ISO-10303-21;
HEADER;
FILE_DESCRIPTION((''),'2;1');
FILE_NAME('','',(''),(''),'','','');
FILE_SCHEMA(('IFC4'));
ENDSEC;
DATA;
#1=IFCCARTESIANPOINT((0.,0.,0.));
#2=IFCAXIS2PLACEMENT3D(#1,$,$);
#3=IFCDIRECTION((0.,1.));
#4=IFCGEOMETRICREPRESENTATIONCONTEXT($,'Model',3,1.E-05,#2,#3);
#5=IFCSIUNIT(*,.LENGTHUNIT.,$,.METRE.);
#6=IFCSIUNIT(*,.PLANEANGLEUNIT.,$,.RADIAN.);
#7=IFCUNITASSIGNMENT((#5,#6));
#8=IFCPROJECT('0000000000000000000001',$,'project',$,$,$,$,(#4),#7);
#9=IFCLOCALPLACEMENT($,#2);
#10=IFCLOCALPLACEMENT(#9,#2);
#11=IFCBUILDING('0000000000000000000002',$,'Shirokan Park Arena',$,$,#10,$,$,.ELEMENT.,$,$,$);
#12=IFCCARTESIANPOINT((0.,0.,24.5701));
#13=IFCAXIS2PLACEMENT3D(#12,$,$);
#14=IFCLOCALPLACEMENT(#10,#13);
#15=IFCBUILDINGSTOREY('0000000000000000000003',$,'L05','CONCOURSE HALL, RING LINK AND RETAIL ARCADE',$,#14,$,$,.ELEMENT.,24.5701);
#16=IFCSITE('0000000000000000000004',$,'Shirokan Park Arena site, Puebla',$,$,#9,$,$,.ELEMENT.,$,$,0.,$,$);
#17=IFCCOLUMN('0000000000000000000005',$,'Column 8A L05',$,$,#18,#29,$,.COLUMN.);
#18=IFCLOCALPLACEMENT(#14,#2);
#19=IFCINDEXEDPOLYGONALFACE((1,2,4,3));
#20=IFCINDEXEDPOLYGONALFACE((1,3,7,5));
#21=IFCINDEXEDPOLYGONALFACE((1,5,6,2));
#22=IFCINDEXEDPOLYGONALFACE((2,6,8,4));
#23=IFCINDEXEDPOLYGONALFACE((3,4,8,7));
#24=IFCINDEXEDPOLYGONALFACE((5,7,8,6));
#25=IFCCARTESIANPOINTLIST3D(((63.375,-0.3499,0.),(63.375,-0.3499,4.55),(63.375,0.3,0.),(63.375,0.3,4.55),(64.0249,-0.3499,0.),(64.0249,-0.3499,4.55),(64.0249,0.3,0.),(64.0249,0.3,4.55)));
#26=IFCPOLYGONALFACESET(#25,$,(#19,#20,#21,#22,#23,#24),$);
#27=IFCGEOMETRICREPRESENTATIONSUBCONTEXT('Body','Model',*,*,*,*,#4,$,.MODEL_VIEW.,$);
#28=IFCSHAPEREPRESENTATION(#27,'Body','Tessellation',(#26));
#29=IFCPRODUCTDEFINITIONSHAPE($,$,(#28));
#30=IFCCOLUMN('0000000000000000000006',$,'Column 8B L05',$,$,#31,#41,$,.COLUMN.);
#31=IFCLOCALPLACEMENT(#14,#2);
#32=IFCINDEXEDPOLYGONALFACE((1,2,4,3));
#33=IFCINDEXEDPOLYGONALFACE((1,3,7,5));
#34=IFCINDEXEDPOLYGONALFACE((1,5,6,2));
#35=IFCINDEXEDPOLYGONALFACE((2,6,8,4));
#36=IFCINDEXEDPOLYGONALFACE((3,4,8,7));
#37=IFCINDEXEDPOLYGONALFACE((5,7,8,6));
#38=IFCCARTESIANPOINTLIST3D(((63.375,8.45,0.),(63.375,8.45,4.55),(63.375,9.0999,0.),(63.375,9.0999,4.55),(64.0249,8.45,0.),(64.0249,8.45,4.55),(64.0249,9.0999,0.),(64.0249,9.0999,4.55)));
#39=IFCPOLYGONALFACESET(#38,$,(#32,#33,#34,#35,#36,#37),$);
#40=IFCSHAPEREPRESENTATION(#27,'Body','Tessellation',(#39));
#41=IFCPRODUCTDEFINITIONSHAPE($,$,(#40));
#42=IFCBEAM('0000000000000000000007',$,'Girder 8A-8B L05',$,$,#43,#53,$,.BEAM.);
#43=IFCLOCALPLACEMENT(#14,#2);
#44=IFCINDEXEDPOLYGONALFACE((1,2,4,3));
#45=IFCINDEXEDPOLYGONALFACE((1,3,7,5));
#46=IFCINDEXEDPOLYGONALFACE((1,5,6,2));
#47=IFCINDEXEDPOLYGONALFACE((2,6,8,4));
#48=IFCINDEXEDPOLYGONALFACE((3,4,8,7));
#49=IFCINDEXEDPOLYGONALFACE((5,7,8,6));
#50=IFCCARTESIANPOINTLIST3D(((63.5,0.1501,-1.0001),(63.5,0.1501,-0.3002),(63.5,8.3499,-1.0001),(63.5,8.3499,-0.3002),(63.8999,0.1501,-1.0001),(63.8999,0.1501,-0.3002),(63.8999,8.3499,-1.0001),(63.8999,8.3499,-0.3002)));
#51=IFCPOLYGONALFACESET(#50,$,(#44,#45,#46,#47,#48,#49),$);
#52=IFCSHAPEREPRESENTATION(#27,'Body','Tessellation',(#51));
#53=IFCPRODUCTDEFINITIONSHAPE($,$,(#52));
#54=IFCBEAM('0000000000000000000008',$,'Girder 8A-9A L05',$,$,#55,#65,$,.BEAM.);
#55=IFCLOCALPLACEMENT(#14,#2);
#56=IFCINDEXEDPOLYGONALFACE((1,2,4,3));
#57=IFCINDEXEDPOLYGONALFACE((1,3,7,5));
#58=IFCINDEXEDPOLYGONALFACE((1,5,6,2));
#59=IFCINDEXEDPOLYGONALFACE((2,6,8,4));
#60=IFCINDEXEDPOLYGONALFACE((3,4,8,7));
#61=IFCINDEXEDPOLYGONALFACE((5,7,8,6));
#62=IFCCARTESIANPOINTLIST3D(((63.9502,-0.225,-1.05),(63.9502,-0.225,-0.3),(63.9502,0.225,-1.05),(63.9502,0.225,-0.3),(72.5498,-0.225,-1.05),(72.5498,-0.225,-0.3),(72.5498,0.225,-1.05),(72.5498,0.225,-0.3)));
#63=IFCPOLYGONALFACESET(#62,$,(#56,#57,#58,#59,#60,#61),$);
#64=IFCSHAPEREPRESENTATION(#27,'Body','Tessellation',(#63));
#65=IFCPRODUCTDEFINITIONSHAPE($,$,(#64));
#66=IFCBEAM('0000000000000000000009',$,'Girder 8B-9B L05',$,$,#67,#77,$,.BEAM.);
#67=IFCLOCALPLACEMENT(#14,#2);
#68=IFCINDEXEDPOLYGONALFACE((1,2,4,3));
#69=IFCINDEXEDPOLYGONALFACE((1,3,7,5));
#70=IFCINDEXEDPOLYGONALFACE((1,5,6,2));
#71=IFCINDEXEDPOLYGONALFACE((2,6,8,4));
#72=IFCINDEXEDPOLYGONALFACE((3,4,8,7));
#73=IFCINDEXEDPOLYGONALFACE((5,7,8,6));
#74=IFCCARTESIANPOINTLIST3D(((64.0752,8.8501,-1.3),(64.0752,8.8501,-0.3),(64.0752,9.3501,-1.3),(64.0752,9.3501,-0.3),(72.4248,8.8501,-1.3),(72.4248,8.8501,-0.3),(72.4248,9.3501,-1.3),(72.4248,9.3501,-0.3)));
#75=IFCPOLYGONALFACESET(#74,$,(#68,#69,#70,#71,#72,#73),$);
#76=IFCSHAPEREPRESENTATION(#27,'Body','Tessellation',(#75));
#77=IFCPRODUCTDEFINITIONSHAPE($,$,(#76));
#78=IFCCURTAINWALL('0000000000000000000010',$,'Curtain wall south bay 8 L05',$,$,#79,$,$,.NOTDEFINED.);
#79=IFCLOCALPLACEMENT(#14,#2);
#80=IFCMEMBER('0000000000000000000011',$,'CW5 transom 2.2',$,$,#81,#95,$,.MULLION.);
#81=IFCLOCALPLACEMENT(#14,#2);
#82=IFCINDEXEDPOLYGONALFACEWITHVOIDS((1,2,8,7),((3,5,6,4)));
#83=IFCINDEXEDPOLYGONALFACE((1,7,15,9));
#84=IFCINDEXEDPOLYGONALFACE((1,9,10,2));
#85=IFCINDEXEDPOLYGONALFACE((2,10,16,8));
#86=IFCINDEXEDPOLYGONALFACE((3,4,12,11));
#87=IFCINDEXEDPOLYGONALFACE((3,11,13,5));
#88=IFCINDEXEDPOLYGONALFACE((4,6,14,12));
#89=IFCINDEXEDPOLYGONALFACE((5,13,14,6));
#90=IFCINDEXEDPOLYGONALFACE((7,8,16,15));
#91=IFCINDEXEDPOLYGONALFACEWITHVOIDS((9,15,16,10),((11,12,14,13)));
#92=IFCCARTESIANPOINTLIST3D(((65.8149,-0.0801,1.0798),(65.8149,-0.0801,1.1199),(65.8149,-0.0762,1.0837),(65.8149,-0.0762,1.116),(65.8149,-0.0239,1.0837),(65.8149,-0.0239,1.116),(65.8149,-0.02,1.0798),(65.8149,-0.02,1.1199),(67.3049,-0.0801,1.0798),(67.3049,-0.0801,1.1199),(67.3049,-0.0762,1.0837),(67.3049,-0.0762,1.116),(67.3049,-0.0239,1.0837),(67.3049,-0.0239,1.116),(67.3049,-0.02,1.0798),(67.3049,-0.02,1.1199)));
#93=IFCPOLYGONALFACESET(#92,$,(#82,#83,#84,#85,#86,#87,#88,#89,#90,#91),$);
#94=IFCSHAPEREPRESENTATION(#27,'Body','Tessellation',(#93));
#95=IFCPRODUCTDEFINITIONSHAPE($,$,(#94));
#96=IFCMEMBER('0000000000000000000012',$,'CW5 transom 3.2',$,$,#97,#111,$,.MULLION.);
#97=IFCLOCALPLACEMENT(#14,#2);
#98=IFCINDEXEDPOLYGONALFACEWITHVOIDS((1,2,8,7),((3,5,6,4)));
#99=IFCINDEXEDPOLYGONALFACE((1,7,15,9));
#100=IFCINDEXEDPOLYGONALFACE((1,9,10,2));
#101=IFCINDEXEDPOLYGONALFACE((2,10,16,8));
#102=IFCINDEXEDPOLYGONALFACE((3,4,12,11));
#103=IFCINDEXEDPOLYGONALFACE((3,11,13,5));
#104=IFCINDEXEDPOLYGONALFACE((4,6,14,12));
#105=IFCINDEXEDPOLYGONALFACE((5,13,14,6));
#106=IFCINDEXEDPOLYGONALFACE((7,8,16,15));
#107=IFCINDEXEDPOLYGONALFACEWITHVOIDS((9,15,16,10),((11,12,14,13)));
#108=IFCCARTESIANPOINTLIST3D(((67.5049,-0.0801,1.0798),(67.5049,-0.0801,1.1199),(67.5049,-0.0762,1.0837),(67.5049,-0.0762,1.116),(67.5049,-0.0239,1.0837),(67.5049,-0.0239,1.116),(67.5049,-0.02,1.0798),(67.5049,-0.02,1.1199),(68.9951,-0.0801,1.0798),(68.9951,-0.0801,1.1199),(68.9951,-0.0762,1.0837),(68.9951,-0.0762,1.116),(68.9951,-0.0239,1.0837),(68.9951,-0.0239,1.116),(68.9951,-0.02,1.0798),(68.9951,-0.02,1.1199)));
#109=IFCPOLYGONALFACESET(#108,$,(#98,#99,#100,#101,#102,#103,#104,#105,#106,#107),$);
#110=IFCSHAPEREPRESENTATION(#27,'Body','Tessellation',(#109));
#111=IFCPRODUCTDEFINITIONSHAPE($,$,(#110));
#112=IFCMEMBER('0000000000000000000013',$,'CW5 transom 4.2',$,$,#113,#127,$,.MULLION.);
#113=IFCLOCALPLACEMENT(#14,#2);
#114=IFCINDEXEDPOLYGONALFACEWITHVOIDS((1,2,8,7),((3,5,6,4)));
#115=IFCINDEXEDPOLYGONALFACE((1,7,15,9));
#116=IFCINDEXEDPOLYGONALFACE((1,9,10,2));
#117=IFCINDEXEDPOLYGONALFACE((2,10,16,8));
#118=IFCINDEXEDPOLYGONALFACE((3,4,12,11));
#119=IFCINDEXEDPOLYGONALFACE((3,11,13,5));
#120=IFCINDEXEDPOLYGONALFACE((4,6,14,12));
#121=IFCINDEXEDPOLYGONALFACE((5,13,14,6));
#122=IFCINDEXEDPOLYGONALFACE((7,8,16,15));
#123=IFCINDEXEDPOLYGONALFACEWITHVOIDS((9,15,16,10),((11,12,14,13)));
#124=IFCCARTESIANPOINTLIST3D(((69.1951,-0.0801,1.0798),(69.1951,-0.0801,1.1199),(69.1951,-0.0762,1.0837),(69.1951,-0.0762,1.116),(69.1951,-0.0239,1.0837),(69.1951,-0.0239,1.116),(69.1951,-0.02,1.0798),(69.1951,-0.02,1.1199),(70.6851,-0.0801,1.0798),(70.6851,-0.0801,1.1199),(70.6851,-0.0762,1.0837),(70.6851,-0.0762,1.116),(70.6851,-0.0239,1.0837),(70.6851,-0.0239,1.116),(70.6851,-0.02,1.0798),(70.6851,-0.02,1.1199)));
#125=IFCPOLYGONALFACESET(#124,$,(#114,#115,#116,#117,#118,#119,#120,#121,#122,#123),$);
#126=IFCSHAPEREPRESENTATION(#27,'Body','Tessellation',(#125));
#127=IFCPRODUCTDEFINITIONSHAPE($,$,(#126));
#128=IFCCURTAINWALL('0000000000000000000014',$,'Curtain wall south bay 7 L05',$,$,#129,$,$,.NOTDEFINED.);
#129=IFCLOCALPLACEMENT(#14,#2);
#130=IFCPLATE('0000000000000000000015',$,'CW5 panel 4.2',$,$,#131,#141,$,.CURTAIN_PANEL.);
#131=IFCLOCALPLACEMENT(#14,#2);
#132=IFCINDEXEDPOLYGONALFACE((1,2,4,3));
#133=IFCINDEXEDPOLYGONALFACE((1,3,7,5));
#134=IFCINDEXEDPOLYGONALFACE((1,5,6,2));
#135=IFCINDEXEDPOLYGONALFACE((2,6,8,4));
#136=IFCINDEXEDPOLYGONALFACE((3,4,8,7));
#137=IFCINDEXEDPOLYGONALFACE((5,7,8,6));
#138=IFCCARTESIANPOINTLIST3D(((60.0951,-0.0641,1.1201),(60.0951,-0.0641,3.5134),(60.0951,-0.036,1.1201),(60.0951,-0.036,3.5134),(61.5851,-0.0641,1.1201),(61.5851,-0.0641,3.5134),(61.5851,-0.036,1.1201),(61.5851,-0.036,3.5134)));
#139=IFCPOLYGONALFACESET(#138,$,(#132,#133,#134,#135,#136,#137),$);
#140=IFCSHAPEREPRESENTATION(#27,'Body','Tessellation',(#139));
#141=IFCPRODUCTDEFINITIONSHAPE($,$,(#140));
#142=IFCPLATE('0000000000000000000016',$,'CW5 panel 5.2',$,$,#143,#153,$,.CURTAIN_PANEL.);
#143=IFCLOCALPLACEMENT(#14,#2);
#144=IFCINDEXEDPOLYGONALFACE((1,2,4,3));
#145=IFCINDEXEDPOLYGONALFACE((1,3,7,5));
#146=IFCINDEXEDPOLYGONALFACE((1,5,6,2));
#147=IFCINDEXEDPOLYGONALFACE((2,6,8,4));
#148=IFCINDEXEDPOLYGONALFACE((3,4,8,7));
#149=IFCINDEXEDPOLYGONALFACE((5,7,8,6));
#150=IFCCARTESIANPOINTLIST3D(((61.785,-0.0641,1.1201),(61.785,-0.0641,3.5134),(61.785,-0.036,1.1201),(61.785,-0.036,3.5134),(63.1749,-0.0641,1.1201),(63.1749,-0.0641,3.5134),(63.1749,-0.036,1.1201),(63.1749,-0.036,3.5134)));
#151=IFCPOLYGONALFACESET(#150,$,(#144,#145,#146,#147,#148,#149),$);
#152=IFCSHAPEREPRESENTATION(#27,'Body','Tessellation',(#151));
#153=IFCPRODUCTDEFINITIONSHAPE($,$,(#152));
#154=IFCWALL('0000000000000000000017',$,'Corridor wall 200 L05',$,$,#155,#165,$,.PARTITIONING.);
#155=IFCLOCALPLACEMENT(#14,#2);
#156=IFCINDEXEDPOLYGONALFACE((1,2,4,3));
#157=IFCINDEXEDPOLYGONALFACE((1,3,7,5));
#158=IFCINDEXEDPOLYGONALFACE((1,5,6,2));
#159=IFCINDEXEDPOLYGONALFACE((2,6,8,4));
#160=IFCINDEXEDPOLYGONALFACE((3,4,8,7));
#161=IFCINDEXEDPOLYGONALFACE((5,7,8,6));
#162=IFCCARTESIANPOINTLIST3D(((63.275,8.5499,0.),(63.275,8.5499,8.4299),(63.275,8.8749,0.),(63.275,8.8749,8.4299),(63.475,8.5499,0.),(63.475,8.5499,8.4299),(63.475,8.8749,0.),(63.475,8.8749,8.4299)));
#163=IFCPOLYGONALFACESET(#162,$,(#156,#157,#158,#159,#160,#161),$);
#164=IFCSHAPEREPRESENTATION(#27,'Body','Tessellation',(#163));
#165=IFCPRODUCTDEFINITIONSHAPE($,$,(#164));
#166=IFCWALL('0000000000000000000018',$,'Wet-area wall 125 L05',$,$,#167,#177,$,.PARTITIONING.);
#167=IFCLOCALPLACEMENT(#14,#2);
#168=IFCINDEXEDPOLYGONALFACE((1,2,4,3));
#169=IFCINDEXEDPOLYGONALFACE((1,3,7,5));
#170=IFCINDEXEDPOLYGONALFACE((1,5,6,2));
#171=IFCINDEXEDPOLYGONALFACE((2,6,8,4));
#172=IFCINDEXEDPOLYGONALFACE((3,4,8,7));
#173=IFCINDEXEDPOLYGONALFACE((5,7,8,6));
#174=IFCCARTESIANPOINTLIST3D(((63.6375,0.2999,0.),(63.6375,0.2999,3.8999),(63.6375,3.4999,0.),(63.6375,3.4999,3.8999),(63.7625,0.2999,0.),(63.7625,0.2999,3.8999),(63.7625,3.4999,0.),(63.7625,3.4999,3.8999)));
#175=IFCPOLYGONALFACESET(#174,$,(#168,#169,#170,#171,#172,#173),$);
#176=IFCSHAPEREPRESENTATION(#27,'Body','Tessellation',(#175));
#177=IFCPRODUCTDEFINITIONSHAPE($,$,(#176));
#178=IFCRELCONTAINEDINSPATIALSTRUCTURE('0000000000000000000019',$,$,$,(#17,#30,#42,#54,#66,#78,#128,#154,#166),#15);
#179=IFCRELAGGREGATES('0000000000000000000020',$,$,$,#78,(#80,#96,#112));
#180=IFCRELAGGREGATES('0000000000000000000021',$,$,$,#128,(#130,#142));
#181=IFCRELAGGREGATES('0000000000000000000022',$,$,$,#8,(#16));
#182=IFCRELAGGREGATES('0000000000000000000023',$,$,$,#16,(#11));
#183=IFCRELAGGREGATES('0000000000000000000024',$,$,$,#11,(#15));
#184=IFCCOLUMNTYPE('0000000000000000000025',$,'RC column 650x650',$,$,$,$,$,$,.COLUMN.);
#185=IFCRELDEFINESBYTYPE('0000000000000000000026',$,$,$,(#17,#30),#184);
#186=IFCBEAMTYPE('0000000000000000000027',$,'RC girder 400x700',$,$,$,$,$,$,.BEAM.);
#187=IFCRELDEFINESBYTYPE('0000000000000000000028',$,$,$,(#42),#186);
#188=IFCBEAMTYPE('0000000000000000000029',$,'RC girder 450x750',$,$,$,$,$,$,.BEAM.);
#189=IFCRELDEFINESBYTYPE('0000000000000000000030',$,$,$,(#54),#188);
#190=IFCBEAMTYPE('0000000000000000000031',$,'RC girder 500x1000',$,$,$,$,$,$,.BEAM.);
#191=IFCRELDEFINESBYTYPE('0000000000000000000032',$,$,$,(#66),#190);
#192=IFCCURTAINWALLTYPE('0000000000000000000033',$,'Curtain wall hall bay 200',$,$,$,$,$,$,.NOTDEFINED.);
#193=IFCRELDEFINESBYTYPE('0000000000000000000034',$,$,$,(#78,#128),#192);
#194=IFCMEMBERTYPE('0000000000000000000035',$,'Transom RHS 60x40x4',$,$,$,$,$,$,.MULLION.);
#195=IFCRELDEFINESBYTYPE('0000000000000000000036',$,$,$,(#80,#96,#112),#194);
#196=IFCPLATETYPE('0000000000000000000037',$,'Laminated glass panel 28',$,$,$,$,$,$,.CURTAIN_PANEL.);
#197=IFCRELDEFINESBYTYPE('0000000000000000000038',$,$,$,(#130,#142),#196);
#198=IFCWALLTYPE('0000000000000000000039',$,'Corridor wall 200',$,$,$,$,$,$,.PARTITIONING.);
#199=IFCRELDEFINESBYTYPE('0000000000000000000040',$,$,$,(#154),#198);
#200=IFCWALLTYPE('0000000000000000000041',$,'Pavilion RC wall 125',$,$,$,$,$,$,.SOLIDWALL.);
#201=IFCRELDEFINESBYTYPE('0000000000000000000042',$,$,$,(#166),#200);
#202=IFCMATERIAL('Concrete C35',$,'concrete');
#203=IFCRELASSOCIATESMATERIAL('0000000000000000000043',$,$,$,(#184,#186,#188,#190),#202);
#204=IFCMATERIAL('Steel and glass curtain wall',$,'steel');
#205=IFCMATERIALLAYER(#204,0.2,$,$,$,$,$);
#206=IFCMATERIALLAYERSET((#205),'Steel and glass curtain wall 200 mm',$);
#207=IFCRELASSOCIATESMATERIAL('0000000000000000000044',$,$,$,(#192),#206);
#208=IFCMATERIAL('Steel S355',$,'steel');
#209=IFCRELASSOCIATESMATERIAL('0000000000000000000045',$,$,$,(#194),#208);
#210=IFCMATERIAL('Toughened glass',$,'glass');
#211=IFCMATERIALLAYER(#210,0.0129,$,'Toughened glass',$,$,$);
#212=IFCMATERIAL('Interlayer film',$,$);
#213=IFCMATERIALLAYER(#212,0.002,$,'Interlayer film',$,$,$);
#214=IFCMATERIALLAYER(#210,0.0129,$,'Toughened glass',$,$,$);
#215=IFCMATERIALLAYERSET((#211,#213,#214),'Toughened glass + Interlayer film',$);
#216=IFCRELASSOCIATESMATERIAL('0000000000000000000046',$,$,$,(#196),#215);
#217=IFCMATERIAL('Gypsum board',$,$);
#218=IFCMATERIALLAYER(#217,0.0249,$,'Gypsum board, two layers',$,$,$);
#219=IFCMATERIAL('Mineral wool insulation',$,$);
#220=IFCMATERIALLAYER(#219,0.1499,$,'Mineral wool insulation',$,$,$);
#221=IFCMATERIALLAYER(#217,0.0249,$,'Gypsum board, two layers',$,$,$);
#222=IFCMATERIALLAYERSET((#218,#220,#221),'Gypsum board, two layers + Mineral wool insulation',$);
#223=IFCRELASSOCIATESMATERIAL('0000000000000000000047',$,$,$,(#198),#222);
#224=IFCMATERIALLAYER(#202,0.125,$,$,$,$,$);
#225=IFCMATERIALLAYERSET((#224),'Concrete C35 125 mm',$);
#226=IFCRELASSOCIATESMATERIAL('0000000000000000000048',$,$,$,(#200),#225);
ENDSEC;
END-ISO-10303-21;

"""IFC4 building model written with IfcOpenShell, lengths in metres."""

from ifc_helpers import new_model, si_unit, direction, frame, frame_2d, origin, origin_2d, place, context, subcontext, project, spatial, rectangle, hollow_rectangle, extrude, material, layer, layer_set, material_profile, profile_set, type_object, element, aggregate, save


model = new_model("IFC4")

# Units and contexts
model_context = context("Model", 3, precision=1e-05, world=origin(), true_north=direction((0.0, 1.0)))
body_context = subcontext(model_context, "Body", "Model", "MODEL_VIEW")
ifc_project = project(units=[si_unit("LENGTHUNIT", "METRE"), si_unit("PLANEANGLEUNIT", "RADIAN")], contexts=[model_context])

# Site, building, storey
site_placement = place(None, origin())
site = spatial("IfcSite", under=ifc_project, at=site_placement, Name="Shirokan Park Arena site, Puebla", CompositionType="ELEMENT", RefElevation=0.0)
building_placement = place(site_placement, origin())
building = spatial("IfcBuilding", under=site, at=building_placement, Name="Shirokan Park Arena", CompositionType="ELEMENT")
storey_placement = place(building_placement, frame((0.0, 0.0, 24.5701)))
storey = spatial("IfcBuildingStorey", under=building, at=storey_placement, Name="L05", Description="CONCOURSE HALL, RING LINK AND RETAIL ARCADE", CompositionType="ELEMENT", Elevation=24.5701)

# Columns
ifc_material_1 = material(Name="Concrete C35", Category="concrete")
ifc_material_profile_1 = material_profile(ifc_material_1, rectangle(XDim=0.6499, YDim=0.6499, at=origin_2d()), Name="650x650")
ifc_profile_set_1 = profile_set([ifc_material_profile_1], Name="Concrete C35")
column_type = type_object("IfcColumnType", Name="RC column 650x650", PredefinedType="COLUMN", material=ifc_profile_set_1)
for number, where, z_axis, x_axis, name in (
    (1, (63.7, -0.0249, 0.0), (0.0, 0.0, 1.0), (1.0, 0.0, 0.0), "Column 8A L05"),
    (2, (63.7, 8.7749, 0.0), (0.0, 0.0, 1.0), (1.0, 0.0, 0.0), "Column 8B L05"),
):
    element("IfcColumn", number, at=place(storey_placement, frame(where, z_axis=z_axis, x_axis=x_axis)), inside=storey, type_object=column_type, Name=name, PredefinedType="COLUMN", context=body_context, shape_type="SweptSolid", body=[
        extrude(rectangle(XDim=0.6499, YDim=0.6499, at=origin_2d()), origin(), (0.0, 0.0, 1.0), 4.55),
    ])

# Beams
ifc_material_profile_2 = material_profile(ifc_material_1, rectangle(XDim=0.3999, YDim=0.7, at=origin_2d()), Name="400x700")
ifc_profile_set_2 = profile_set([ifc_material_profile_2], Name="Concrete C35")
beam_type_1 = type_object("IfcBeamType", Name="RC girder 400x700", PredefinedType="BEAM", material=ifc_profile_set_2)
beam_1_placement = place(storey_placement, frame((63.7, 0.1501, -0.6501), z_axis=(0.0, 1.0, 0.0), x_axis=(-1.0, 0.0, 0.0)))
element("IfcBeam", 3, at=beam_1_placement, inside=storey, type_object=beam_type_1, Name="Girder 8A-8B L05", PredefinedType="BEAM", context=body_context, shape_type="SweptSolid", body=[
    extrude(rectangle(XDim=0.3999, YDim=0.7, at=origin_2d()), origin(), (0.0, 0.0, 1.0), 8.1997),
])
ifc_material_profile_3 = material_profile(ifc_material_1, rectangle(XDim=0.45, YDim=0.75, at=origin_2d()), Name="450x750")
ifc_profile_set_3 = profile_set([ifc_material_profile_3], Name="Concrete C35")
beam_type_2 = type_object("IfcBeamType", Name="RC girder 450x750", PredefinedType="BEAM", material=ifc_profile_set_3)
beam_2_placement = place(storey_placement, frame((63.9502, 0.0, -0.675), z_axis=(1.0, 0.0, 0.0), x_axis=(0.0, 1.0, 0.0)))
element("IfcBeam", 4, at=beam_2_placement, inside=storey, type_object=beam_type_2, Name="Girder 8A-9A L05", PredefinedType="BEAM", context=body_context, shape_type="SweptSolid", body=[
    extrude(rectangle(XDim=0.45, YDim=0.75, at=origin_2d()), origin(), (0.0, 0.0, 1.0), 8.5996),
])
ifc_material_profile_4 = material_profile(ifc_material_1, rectangle(XDim=0.5, YDim=1.0, at=origin_2d()), Name="500x1000")
ifc_profile_set_4 = profile_set([ifc_material_profile_4], Name="Concrete C35")
beam_type_3 = type_object("IfcBeamType", Name="RC girder 500x1000", PredefinedType="BEAM", material=ifc_profile_set_4)
beam_3_placement = place(storey_placement, frame((64.0752, 9.1001, -0.8), z_axis=(1.0, 0.0, 0.0), x_axis=(0.0, 1.0, 0.0)))
element("IfcBeam", 5, at=beam_3_placement, inside=storey, type_object=beam_type_3, Name="Girder 8B-9B L05", PredefinedType="BEAM", context=body_context, shape_type="SweptSolid", body=[
    extrude(rectangle(XDim=0.5, YDim=1.0, at=origin_2d()), origin(), (0.0, 0.0, 1.0), 8.3496),
])

# Curtain wall, members
ifc_material_2 = material(Name="Steel and glass curtain wall", Category="steel")
ifc_layer_1 = layer(ifc_material_2, 0.2)
ifc_layer_set_1 = layer_set([ifc_layer_1], Name="Steel and glass curtain wall 200 mm")
curtain_wall_type = type_object("IfcCurtainWallType", Name="Curtain wall hall bay 200", PredefinedType="NOTDEFINED", material=ifc_layer_set_1)
curtain_wall_1_placement = place(storey_placement, origin())
curtain_wall_1 = element("IfcCurtainWall", 6, at=curtain_wall_1_placement, inside=storey, type_object=curtain_wall_type, Name="Curtain wall south bay 8 L05", PredefinedType="NOTDEFINED")
ifc_material_3 = material(Name="Steel S355", Category="steel")
ifc_material_profile_5 = material_profile(ifc_material_3, hollow_rectangle(XDim=0.0601, YDim=0.04, WallThickness=0.0039, at=origin_2d()), Name="RHS 60x40x4")
ifc_profile_set_5 = profile_set([ifc_material_profile_5], Name="Steel S355")
member_type = type_object("IfcMemberType", Name="Transom RHS 60x40x4", PredefinedType="MULLION", material=ifc_profile_set_5)
member_1_placement = place(storey_placement, frame((65.8149, -0.05, 1.0999), z_axis=(1.0, 0.0, 0.0), x_axis=(0.0, 1.0, 0.0)))
member_1 = element("IfcMember", 7, at=member_1_placement, type_object=member_type, Name="CW5 transom 2.2", PredefinedType="MULLION", context=body_context, shape_type="SweptSolid", body=[
    extrude(hollow_rectangle(XDim=0.0601, YDim=0.04, WallThickness=0.0039, at=origin_2d()), origin(), (0.0, 0.0, 1.0), 1.49),
])
member_2_placement = place(storey_placement, frame((67.5049, -0.05, 1.0999), z_axis=(1.0, 0.0, 0.0), x_axis=(0.0, 1.0, 0.0)))
member_2 = element("IfcMember", 8, at=member_2_placement, type_object=member_type, Name="CW5 transom 3.2", PredefinedType="MULLION", context=body_context, shape_type="SweptSolid", body=[
    extrude(hollow_rectangle(XDim=0.0601, YDim=0.04, WallThickness=0.0039, at=origin_2d()), origin(), (0.0, 0.0, 1.0), 1.4902),
])
member_3_placement = place(storey_placement, frame((69.1951, -0.05, 1.0999), z_axis=(1.0, 0.0, 0.0), x_axis=(0.0, 1.0, 0.0)))
member_3 = element("IfcMember", 9, at=member_3_placement, type_object=member_type, Name="CW5 transom 4.2", PredefinedType="MULLION", context=body_context, shape_type="SweptSolid", body=[
    extrude(hollow_rectangle(XDim=0.0601, YDim=0.04, WallThickness=0.0039, at=origin_2d()), origin(), (0.0, 0.0, 1.0), 1.49),
])
aggregate(curtain_wall_1, [member_1, member_2, member_3])

# Curtain wall, plates
curtain_wall_2_placement = place(storey_placement, origin())
curtain_wall_2 = element("IfcCurtainWall", 10, at=curtain_wall_2_placement, inside=storey, type_object=curtain_wall_type, Name="Curtain wall south bay 7 L05", PredefinedType="NOTDEFINED")
ifc_material_4 = material(Name="Toughened glass", Category="glass")
ifc_layer_2 = layer(ifc_material_4, 0.0129, Name="Toughened glass")
ifc_material_5 = material(Name="Interlayer film")
ifc_layer_3 = layer(ifc_material_5, 0.002, Name="Interlayer film")
ifc_layer_4 = layer(ifc_material_4, 0.0129, Name="Toughened glass")
ifc_layer_set_2 = layer_set([ifc_layer_2, ifc_layer_3, ifc_layer_4], Name="Toughened glass + Interlayer film")
plate_type = type_object("IfcPlateType", Name="Laminated glass panel 28", PredefinedType="CURTAIN_PANEL", material=ifc_layer_set_2)
plate_1_placement = place(storey_placement, frame((60.8401, -0.05, 1.1201), z_axis=(0.0, 0.0, 1.0), x_axis=(1.0, 0.0, 0.0)))
plate_1 = element("IfcPlate", 11, at=plate_1_placement, type_object=plate_type, Name="CW5 panel 4.2", PredefinedType="CURTAIN_PANEL", context=body_context, shape_type="SweptSolid", body=[
    extrude(rectangle(XDim=1.49, YDim=0.0281, at=origin_2d()), origin(), (0.0, 0.0, 1.0), 2.3933),
])
plate_2_placement = place(storey_placement, frame((62.48, -0.05, 1.1201), z_axis=(0.0, 0.0, 1.0), x_axis=(1.0, 0.0, 0.0)))
plate_2 = element("IfcPlate", 12, at=plate_2_placement, type_object=plate_type, Name="CW5 panel 5.2", PredefinedType="CURTAIN_PANEL", context=body_context, shape_type="SweptSolid", body=[
    extrude(rectangle(XDim=1.3899, YDim=0.0281, at=origin_2d()), origin(), (0.0, 0.0, 1.0), 2.3933),
])
aggregate(curtain_wall_2, [plate_1, plate_2])

# Walls
ifc_material_6 = material(Name="Gypsum board")
ifc_layer_5 = layer(ifc_material_6, 0.0249, Name="Gypsum board, two layers")
ifc_material_7 = material(Name="Mineral wool insulation")
ifc_layer_6 = layer(ifc_material_7, 0.1499, Name="Mineral wool insulation")
ifc_layer_7 = layer(ifc_material_6, 0.0249, Name="Gypsum board, two layers")
ifc_layer_set_3 = layer_set([ifc_layer_5, ifc_layer_6, ifc_layer_7], Name="Gypsum board, two layers + Mineral wool insulation")
wall_type_1 = type_object("IfcWallType", Name="Corridor wall 200", PredefinedType="PARTITIONING", material=ifc_layer_set_3)
wall_1_placement = place(storey_placement, frame((63.375, 8.875, 0.0), z_axis=(0.0, 0.0, 1.0), x_axis=(0.0, -1.0, 0.0)))
element("IfcWall", 13, at=wall_1_placement, inside=storey, type_object=wall_type_1, Name="Corridor wall 200 L05", PredefinedType="PARTITIONING", context=body_context, shape_type="SweptSolid", body=[
    extrude(rectangle(XDim=0.325, YDim=0.2, at=frame_2d((0.1626, 0.0))), origin(), (0.0, 0.0, 1.0), 8.4299),
])
ifc_layer_8 = layer(ifc_material_1, 0.125)
ifc_layer_set_4 = layer_set([ifc_layer_8], Name="Concrete C35 125 mm")
wall_type_2 = type_object("IfcWallType", Name="Pavilion RC wall 125", PredefinedType="SOLIDWALL", material=ifc_layer_set_4)
wall_2_placement = place(storey_placement, frame((63.7, 3.5, 0.0), z_axis=(0.0, 0.0, 1.0), x_axis=(0.0, -1.0, 0.0)))
element("IfcWall", 14, at=wall_2_placement, inside=storey, type_object=wall_type_2, Name="Wet-area wall 125 L05", PredefinedType="PARTITIONING", context=body_context, shape_type="SweptSolid", body=[
    extrude(rectangle(XDim=3.2, YDim=0.125, at=frame_2d((1.6001, 0.0))), origin(), (0.0, 0.0, 1.0), 3.8999),
])

save(model, "model.ifc")
